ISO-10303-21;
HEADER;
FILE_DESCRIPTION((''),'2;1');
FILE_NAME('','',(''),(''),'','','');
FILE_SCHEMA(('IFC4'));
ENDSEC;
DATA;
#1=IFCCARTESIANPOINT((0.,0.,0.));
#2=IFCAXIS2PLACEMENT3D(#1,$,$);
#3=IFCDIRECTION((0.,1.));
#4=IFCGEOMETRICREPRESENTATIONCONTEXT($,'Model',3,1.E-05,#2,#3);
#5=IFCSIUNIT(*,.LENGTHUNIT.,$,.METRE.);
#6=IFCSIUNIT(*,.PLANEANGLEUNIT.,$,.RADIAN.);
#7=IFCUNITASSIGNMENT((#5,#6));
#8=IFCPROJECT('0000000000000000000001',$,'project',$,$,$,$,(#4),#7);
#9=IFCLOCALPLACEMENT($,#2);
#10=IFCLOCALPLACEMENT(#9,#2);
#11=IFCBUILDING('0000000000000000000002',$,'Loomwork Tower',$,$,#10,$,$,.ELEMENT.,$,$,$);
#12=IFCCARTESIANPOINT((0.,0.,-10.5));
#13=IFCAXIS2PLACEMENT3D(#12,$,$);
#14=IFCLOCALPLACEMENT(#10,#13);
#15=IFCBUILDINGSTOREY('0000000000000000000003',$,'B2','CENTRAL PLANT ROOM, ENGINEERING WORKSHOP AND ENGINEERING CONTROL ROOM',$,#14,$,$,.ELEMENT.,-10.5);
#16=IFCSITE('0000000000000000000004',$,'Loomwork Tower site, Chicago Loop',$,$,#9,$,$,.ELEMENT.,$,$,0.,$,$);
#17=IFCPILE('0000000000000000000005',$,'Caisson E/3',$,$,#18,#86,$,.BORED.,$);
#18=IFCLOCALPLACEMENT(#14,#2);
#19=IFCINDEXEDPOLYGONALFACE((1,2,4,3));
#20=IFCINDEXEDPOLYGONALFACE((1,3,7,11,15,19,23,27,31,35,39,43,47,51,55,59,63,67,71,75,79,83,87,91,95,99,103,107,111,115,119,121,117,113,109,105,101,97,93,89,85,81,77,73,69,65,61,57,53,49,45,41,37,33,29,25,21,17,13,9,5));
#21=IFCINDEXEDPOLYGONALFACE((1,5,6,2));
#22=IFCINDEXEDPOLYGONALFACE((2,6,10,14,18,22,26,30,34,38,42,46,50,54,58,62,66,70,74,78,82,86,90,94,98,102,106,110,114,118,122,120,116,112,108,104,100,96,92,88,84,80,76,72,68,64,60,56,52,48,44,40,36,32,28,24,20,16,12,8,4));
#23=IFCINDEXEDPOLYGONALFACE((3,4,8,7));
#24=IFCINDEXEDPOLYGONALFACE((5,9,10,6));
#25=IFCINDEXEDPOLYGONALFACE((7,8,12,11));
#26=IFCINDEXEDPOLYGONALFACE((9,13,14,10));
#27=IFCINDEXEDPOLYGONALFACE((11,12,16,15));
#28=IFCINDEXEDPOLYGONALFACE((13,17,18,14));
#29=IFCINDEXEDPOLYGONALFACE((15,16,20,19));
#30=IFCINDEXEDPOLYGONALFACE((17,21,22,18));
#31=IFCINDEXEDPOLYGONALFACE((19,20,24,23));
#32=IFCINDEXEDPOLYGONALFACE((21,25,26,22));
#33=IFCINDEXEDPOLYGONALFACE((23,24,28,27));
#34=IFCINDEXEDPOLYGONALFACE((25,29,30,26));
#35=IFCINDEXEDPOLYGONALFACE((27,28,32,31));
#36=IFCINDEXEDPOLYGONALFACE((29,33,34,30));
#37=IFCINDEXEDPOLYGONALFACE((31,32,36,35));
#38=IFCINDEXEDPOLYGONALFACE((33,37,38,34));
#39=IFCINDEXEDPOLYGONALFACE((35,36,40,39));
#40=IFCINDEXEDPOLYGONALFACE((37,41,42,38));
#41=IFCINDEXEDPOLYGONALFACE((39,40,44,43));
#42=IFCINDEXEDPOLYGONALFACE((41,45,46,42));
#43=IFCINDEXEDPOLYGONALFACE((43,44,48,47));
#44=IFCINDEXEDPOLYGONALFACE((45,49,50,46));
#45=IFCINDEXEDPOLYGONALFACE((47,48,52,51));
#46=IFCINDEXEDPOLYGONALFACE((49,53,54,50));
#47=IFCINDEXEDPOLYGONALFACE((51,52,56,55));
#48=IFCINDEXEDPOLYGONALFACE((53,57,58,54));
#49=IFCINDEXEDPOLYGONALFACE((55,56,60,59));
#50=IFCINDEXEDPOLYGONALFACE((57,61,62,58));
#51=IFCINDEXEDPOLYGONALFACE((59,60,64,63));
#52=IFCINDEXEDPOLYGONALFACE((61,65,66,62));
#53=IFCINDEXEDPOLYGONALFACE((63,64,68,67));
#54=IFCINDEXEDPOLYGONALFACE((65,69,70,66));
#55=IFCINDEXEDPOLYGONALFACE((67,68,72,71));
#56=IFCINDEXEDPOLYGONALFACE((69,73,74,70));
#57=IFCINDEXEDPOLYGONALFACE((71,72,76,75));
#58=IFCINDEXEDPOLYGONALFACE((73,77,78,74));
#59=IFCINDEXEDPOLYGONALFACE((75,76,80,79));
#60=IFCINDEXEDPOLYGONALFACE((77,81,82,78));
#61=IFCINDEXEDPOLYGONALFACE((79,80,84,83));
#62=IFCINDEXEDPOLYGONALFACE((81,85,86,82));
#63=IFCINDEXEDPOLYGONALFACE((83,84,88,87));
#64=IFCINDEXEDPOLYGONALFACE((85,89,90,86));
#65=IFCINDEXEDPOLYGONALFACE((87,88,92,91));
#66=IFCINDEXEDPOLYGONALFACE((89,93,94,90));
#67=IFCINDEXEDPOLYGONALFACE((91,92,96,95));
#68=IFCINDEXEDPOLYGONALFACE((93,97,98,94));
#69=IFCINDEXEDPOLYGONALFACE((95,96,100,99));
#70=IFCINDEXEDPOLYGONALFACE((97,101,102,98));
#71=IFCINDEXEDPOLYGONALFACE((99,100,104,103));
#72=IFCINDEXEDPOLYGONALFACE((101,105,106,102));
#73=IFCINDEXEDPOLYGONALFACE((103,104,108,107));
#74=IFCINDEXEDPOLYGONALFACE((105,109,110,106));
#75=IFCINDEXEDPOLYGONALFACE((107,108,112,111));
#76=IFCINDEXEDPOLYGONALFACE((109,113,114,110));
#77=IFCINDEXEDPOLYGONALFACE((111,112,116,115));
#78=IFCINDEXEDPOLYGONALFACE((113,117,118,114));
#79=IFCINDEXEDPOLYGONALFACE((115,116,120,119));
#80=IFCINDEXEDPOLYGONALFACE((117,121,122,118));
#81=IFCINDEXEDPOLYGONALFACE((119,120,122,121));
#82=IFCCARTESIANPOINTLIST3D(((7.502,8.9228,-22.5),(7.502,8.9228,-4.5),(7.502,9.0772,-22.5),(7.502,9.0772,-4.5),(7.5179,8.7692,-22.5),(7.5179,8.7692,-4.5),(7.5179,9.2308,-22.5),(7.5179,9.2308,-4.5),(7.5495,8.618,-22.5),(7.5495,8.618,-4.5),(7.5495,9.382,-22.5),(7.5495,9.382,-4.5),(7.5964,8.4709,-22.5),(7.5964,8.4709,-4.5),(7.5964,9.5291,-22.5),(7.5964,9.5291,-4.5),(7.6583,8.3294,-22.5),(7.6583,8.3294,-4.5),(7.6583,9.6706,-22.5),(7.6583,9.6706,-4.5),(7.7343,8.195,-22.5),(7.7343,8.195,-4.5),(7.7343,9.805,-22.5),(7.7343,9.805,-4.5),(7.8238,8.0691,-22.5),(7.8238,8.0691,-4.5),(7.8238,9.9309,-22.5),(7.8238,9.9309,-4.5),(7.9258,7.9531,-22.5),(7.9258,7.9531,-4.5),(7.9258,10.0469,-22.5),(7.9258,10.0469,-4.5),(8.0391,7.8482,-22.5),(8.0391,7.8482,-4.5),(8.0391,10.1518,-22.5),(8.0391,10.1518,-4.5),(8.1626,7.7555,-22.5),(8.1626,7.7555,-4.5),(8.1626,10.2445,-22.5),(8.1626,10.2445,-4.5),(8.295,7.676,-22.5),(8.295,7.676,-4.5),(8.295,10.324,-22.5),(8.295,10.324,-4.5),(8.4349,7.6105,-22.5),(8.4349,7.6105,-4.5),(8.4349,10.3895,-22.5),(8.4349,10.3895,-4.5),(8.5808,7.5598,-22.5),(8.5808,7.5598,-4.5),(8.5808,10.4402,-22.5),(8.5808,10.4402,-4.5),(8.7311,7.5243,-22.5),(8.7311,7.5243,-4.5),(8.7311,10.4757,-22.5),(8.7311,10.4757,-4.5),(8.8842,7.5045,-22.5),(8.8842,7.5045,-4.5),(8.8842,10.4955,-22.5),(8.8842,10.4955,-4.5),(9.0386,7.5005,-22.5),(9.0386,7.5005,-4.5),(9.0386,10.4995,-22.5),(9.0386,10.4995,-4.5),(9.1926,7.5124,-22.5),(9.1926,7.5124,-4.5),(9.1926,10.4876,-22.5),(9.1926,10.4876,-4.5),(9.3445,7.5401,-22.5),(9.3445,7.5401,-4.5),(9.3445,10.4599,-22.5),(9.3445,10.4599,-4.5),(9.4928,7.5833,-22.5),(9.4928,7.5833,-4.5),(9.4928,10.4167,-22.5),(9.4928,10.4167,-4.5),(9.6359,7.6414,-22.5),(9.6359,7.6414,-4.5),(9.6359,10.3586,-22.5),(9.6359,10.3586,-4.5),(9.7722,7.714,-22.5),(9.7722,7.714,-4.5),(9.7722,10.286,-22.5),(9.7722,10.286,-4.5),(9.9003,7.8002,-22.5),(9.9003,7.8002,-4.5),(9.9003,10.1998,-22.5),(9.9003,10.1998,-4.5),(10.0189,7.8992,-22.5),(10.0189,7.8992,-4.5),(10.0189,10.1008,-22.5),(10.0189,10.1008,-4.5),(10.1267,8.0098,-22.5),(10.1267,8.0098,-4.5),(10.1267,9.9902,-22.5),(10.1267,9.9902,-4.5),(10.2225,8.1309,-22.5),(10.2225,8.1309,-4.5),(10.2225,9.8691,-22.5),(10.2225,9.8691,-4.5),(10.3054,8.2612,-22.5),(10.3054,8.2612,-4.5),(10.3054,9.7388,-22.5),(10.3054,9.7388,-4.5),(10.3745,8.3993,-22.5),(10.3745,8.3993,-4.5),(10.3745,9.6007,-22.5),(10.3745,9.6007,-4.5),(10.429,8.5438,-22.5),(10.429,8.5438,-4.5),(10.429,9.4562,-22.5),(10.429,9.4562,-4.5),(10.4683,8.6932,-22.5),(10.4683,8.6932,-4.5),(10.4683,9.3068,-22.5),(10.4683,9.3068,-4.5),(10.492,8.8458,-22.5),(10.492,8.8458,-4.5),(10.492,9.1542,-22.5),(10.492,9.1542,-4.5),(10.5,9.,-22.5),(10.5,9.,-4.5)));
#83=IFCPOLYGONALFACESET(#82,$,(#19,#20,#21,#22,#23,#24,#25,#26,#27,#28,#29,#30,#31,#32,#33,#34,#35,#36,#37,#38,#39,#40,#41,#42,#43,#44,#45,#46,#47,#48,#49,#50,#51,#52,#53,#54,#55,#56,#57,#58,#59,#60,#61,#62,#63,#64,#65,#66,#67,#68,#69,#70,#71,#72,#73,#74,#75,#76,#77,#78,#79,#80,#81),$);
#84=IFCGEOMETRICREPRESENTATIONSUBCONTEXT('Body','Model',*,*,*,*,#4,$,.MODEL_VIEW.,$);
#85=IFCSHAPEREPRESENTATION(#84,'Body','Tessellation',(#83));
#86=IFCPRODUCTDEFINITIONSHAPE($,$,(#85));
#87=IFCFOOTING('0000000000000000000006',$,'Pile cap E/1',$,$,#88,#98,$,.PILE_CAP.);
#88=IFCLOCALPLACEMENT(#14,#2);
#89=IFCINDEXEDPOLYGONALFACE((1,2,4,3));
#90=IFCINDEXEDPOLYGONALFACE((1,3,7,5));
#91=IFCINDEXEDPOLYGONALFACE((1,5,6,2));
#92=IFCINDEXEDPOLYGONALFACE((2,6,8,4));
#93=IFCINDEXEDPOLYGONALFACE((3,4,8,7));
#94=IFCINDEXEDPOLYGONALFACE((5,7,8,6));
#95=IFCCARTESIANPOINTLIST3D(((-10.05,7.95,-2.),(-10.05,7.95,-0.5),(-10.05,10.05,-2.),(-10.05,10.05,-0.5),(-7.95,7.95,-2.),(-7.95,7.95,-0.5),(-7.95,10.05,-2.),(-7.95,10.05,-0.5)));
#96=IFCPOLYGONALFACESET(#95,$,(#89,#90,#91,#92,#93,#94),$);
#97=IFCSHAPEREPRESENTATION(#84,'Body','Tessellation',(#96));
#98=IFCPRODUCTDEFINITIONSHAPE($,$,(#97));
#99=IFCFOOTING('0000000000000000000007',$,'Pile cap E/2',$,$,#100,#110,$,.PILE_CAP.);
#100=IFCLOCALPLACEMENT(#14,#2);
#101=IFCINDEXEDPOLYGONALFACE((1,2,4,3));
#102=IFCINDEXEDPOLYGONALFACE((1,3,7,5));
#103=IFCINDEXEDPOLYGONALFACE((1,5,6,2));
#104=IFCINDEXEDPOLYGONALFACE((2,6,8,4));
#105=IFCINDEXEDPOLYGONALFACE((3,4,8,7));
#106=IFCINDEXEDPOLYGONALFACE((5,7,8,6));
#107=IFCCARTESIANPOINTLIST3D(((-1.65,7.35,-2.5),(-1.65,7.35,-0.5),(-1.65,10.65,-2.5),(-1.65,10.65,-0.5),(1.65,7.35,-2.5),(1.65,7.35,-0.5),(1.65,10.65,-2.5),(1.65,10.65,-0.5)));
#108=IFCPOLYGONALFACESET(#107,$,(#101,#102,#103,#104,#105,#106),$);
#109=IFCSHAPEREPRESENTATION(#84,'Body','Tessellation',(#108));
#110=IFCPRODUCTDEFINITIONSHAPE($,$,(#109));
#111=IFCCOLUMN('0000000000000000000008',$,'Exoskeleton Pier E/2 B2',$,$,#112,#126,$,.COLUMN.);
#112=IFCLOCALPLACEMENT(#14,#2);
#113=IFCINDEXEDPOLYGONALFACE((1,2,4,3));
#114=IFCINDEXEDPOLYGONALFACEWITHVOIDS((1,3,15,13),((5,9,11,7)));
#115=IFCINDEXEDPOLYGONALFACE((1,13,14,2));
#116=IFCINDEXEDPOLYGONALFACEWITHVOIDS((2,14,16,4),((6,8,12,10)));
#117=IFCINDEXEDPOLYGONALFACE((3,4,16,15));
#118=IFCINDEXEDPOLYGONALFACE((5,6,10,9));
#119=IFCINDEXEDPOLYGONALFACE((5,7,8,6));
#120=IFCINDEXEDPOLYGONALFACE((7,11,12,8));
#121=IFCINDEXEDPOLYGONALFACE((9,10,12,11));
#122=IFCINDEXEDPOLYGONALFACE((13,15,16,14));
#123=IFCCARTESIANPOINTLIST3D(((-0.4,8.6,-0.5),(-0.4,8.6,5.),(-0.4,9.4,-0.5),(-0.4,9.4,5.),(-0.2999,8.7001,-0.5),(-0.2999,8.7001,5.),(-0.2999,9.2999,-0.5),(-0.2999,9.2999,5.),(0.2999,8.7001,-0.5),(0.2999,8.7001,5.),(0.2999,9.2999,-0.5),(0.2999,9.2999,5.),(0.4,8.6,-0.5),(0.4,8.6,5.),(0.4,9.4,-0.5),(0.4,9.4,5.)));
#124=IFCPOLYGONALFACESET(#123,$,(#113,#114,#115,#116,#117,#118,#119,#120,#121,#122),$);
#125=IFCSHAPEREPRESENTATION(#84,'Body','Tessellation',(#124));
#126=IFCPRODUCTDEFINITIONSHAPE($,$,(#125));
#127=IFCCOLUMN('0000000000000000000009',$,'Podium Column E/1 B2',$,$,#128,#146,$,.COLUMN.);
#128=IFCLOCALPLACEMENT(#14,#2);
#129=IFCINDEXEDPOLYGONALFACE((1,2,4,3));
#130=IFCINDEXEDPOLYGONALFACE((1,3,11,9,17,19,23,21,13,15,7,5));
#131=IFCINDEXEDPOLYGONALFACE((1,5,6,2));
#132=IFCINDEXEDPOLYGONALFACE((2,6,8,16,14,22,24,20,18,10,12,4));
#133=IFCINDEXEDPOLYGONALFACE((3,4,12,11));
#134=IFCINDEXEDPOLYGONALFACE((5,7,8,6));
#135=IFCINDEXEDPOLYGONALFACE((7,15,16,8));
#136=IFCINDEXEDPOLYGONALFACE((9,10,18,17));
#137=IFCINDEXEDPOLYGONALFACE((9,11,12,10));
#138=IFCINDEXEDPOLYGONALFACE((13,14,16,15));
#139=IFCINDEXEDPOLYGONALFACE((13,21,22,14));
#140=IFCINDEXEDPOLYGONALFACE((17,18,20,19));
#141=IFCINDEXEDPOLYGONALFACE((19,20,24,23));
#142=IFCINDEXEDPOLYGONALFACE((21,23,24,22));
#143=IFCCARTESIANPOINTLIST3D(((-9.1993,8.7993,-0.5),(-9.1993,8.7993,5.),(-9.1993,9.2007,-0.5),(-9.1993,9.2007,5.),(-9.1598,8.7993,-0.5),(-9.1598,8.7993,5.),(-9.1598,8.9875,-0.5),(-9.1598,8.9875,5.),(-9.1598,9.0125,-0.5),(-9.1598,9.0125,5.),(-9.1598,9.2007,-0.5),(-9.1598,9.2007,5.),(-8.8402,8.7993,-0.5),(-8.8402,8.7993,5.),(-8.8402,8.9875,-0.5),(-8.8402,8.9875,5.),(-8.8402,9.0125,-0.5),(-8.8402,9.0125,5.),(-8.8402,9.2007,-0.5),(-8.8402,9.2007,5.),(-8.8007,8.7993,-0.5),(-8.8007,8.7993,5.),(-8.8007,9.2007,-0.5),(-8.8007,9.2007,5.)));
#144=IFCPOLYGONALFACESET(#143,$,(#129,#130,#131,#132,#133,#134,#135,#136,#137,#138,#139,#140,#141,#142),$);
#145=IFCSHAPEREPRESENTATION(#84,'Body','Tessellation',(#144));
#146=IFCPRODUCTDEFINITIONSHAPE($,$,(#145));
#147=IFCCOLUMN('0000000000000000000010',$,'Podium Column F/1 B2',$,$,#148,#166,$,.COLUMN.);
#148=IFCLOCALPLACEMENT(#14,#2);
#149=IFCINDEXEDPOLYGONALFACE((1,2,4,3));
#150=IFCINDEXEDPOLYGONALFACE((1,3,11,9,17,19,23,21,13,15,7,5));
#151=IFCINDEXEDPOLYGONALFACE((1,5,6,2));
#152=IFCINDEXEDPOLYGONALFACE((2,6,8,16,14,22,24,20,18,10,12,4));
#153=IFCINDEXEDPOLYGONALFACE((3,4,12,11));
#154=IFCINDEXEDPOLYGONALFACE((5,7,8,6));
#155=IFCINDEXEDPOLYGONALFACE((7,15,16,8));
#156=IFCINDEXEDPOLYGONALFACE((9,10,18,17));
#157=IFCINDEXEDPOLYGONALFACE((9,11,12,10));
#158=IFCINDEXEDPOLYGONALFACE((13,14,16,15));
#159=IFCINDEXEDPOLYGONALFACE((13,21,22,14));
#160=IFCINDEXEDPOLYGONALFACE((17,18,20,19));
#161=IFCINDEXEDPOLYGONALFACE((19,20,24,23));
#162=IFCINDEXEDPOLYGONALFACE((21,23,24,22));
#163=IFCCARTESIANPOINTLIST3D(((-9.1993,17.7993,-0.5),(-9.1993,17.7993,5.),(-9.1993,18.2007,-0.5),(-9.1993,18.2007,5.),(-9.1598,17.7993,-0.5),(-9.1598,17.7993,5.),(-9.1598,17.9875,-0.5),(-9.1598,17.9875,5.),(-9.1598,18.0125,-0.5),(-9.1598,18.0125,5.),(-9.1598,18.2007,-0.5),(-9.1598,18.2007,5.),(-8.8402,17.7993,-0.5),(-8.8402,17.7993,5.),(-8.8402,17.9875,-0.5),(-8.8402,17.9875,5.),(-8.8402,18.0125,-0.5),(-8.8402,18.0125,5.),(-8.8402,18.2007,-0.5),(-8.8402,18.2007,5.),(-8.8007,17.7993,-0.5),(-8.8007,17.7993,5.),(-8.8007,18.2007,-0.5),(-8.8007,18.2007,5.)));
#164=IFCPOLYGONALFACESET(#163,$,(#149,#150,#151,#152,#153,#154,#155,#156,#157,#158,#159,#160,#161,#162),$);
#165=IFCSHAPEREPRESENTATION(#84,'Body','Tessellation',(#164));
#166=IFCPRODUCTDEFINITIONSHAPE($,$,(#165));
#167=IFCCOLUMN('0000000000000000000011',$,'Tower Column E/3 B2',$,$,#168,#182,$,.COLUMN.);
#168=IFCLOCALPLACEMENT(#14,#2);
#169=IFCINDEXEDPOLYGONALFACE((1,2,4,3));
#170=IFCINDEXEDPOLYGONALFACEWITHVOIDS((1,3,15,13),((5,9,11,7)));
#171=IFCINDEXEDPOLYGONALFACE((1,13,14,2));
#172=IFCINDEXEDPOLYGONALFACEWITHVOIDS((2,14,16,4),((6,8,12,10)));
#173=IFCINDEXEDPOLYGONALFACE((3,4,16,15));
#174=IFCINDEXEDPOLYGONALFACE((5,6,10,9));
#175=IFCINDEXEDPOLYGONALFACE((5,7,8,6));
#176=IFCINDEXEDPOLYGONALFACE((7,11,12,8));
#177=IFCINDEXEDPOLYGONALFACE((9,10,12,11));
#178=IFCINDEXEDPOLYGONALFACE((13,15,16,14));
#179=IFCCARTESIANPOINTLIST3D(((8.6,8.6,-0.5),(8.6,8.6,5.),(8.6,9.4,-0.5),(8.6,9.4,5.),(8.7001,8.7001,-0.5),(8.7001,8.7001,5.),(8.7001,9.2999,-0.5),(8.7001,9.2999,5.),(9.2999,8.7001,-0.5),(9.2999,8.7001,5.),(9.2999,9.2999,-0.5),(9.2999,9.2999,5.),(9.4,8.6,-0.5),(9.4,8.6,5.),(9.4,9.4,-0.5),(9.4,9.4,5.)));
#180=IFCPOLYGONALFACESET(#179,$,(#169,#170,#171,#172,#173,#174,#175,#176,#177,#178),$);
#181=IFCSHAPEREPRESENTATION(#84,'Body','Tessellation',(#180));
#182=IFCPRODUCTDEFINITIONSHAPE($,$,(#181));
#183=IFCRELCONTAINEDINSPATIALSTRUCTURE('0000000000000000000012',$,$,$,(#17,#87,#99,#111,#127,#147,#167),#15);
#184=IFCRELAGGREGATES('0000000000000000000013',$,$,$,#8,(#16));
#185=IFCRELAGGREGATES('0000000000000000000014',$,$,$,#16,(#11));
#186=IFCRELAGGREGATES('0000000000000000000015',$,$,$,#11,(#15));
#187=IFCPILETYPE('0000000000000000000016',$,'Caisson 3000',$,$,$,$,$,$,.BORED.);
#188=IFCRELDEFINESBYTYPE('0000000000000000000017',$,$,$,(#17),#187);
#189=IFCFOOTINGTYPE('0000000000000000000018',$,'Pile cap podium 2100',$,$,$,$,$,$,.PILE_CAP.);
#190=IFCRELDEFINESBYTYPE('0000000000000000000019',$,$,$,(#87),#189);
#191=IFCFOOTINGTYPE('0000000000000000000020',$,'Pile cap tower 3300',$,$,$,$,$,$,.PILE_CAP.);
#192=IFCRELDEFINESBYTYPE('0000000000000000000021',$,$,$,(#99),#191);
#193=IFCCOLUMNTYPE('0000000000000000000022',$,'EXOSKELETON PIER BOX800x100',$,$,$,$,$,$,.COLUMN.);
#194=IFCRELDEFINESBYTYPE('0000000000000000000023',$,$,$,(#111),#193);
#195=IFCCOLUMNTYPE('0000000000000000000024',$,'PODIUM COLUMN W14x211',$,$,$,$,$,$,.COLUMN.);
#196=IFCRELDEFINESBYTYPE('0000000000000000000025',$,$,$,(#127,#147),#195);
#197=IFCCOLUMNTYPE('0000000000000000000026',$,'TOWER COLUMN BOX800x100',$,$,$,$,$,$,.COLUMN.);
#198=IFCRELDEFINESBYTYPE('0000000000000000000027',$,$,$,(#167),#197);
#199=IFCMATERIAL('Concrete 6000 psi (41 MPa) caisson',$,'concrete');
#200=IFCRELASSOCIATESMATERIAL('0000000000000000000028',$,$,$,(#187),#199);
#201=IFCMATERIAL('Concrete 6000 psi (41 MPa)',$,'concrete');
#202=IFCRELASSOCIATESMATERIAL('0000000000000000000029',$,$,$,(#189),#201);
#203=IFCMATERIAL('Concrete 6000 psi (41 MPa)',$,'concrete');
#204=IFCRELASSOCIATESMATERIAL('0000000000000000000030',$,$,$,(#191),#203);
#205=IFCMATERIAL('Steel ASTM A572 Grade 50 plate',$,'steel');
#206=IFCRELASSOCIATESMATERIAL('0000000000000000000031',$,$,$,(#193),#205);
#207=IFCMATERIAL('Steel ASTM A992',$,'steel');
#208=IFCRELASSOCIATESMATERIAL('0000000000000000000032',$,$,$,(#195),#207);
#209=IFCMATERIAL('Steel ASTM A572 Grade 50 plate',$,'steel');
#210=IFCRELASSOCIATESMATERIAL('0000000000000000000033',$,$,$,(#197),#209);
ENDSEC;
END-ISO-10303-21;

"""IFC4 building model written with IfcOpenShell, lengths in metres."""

from ifc_helpers import new_model, si_unit, direction, frame, origin, origin_2d, place, context, subcontext, project, spatial, rectangle, hollow_rectangle, circle, i_section, extrude, material, material_profile, profile_set, type_object, element, save


model = new_model("IFC4")

# Units and contexts
model_context = context("Model", 3, precision=1e-05, world=origin(), true_north=direction((0.0, 1.0)))
body_context = subcontext(model_context, "Body", "Model", "MODEL_VIEW")
ifc_project = project(units=[si_unit("LENGTHUNIT", "METRE"), si_unit("PLANEANGLEUNIT", "RADIAN")], contexts=[model_context])

# Site, building, storey
site_placement = place(None, origin())
site = spatial("IfcSite", under=ifc_project, at=site_placement, Name="Loomwork Tower site, Chicago Loop", CompositionType="ELEMENT", RefElevation=0.0)
building_placement = place(site_placement, origin())
building = spatial("IfcBuilding", under=site, at=building_placement, Name="Loomwork Tower", CompositionType="ELEMENT")
storey_placement = place(building_placement, frame((0.0, 0.0, -10.5)))
storey = spatial("IfcBuildingStorey", under=building, at=storey_placement, Name="B2", Description="CENTRAL PLANT ROOM, ENGINEERING WORKSHOP AND ENGINEERING CONTROL ROOM", CompositionType="ELEMENT", Elevation=-10.5)

# Pile
ifc_material_1 = material(Name="Concrete 6000 psi (41 MPa) caisson", Category="concrete")
ifc_material_profile_1 = material_profile(ifc_material_1, circle(Radius=1.5, at=origin_2d()), Name="D3000")
ifc_profile_set_1 = profile_set([ifc_material_profile_1], Name="Concrete 6000 psi (41 MPa) caisson")
pile_type_1 = type_object("IfcPileType", Name="Caisson 3000", PredefinedType="BORED", material=ifc_profile_set_1)
pile_1_placement = place(storey_placement, frame((9.0, 9.0, -4.5), z_axis=(0.0, 0.0, -1.0), x_axis=(1.0, 0.0, 0.0)))
element("IfcPile", 1, at=pile_1_placement, inside=storey, type_object=pile_type_1, Name="Caisson E/3", PredefinedType="BORED", context=body_context, shape_type="SweptSolid", body=[
    extrude(circle(Radius=1.5, at=origin_2d()), origin(), (0.0, 0.0, 1.0), 18.0),
])

# Footings
ifc_material_2 = material(Name="Concrete 6000 psi (41 MPa)", Category="concrete")
footing_type_1 = type_object("IfcFootingType", Name="Pile cap podium 2100", PredefinedType="PILE_CAP", material=ifc_material_2)
footing_1_placement = place(storey_placement, frame((-9.0, 9.0, -2.0), z_axis=(0.0, 0.0, 1.0), x_axis=(1.0, 0.0, 0.0)))
element("IfcFooting", 2, at=footing_1_placement, inside=storey, type_object=footing_type_1, Name="Pile cap E/1", PredefinedType="PILE_CAP", context=body_context, shape_type="SweptSolid", body=[
    extrude(rectangle(XDim=2.1001, YDim=2.1001, at=origin_2d()), origin(), (0.0, 0.0, 1.0), 1.5),
])
ifc_material_3 = material(Name="Concrete 6000 psi (41 MPa)", Category="concrete")
footing_type_2 = type_object("IfcFootingType", Name="Pile cap tower 3300", PredefinedType="PILE_CAP", material=ifc_material_3)
footing_2_placement = place(storey_placement, frame((0.0, 9.0, -2.5), z_axis=(0.0, 0.0, 1.0), x_axis=(1.0, 0.0, 0.0)))
element("IfcFooting", 3, at=footing_2_placement, inside=storey, type_object=footing_type_2, Name="Pile cap E/2", PredefinedType="PILE_CAP", context=body_context, shape_type="SweptSolid", body=[
    extrude(rectangle(XDim=3.3, YDim=3.3, at=origin_2d()), origin(), (0.0, 0.0, 1.0), 2.0),
])

# Columns
ifc_material_4 = material(Name="Steel ASTM A572 Grade 50 plate", Category="steel")
ifc_material_profile_2 = material_profile(ifc_material_4, hollow_rectangle(XDim=0.8, YDim=0.8, WallThickness=0.1001, at=origin_2d()), Name="BOX800x100")
ifc_profile_set_2 = profile_set([ifc_material_profile_2], Name="Steel ASTM A572 Grade 50 plate")
column_type_1 = type_object("IfcColumnType", Name="EXOSKELETON PIER BOX800x100", PredefinedType="COLUMN", material=ifc_profile_set_2)
column_1_placement = place(storey_placement, frame((0.0, 9.0, -0.5), z_axis=(0.0, 0.0, 1.0), x_axis=(0.0, 1.0, 0.0)))
element("IfcColumn", 4, at=column_1_placement, inside=storey, type_object=column_type_1, Name="Exoskeleton Pier E/2 B2", PredefinedType="COLUMN", context=body_context, shape_type="SweptSolid", body=[
    extrude(hollow_rectangle(XDim=0.8, YDim=0.8, WallThickness=0.1001, at=origin_2d()), origin(), (0.0, 0.0, 1.0), 5.5),
])
ifc_material_5 = material(Name="Steel ASTM A992", Category="steel")
ifc_material_profile_3 = material_profile(ifc_material_5, i_section(OverallWidth=0.4014, OverallDepth=0.3987, WebThickness=0.0249, FlangeThickness=0.0396, at=origin_2d()), Name="W14x211")
ifc_profile_set_3 = profile_set([ifc_material_profile_3], Name="Steel ASTM A992")
column_type_2 = type_object("IfcColumnType", Name="PODIUM COLUMN W14x211", PredefinedType="COLUMN", material=ifc_profile_set_3)
for number, where, z_axis, x_axis, name in (
    (5, (-9.0, 9.0, -0.5), (0.0, 0.0, 1.0), (0.0, 1.0, 0.0), "Podium Column E/1 B2"),
    (6, (-9.0, 18.0, -0.5), (0.0, 0.0, 1.0), (0.0, 1.0, 0.0), "Podium Column F/1 B2"),
):
    element("IfcColumn", number, at=place(storey_placement, frame(where, z_axis=z_axis, x_axis=x_axis)), inside=storey, type_object=column_type_2, Name=name, PredefinedType="COLUMN", context=body_context, shape_type="SweptSolid", body=[
        extrude(i_section(OverallWidth=0.4014, OverallDepth=0.3987, WebThickness=0.0249, FlangeThickness=0.0396, at=origin_2d()), origin(), (0.0, 0.0, 1.0), 5.5),
    ])
ifc_material_6 = material(Name="Steel ASTM A572 Grade 50 plate", Category="steel")
ifc_material_profile_4 = material_profile(ifc_material_6, hollow_rectangle(XDim=0.8, YDim=0.8, WallThickness=0.1001, at=origin_2d()), Name="BOX800x100")
ifc_profile_set_4 = profile_set([ifc_material_profile_4], Name="Steel ASTM A572 Grade 50 plate")
column_type_3 = type_object("IfcColumnType", Name="TOWER COLUMN BOX800x100", PredefinedType="COLUMN", material=ifc_profile_set_4)
column_2_placement = place(storey_placement, frame((9.0, 9.0, -0.5), z_axis=(0.0, 0.0, 1.0), x_axis=(1.0, 0.0, 0.0)))
element("IfcColumn", 7, at=column_2_placement, inside=storey, type_object=column_type_3, Name="Tower Column E/3 B2", PredefinedType="COLUMN", context=body_context, shape_type="SweptSolid", body=[
    extrude(hollow_rectangle(XDim=0.8, YDim=0.8, WallThickness=0.1001, at=origin_2d()), origin(), (0.0, 0.0, 1.0), 5.5),
])

save(model, "model.ifc")
